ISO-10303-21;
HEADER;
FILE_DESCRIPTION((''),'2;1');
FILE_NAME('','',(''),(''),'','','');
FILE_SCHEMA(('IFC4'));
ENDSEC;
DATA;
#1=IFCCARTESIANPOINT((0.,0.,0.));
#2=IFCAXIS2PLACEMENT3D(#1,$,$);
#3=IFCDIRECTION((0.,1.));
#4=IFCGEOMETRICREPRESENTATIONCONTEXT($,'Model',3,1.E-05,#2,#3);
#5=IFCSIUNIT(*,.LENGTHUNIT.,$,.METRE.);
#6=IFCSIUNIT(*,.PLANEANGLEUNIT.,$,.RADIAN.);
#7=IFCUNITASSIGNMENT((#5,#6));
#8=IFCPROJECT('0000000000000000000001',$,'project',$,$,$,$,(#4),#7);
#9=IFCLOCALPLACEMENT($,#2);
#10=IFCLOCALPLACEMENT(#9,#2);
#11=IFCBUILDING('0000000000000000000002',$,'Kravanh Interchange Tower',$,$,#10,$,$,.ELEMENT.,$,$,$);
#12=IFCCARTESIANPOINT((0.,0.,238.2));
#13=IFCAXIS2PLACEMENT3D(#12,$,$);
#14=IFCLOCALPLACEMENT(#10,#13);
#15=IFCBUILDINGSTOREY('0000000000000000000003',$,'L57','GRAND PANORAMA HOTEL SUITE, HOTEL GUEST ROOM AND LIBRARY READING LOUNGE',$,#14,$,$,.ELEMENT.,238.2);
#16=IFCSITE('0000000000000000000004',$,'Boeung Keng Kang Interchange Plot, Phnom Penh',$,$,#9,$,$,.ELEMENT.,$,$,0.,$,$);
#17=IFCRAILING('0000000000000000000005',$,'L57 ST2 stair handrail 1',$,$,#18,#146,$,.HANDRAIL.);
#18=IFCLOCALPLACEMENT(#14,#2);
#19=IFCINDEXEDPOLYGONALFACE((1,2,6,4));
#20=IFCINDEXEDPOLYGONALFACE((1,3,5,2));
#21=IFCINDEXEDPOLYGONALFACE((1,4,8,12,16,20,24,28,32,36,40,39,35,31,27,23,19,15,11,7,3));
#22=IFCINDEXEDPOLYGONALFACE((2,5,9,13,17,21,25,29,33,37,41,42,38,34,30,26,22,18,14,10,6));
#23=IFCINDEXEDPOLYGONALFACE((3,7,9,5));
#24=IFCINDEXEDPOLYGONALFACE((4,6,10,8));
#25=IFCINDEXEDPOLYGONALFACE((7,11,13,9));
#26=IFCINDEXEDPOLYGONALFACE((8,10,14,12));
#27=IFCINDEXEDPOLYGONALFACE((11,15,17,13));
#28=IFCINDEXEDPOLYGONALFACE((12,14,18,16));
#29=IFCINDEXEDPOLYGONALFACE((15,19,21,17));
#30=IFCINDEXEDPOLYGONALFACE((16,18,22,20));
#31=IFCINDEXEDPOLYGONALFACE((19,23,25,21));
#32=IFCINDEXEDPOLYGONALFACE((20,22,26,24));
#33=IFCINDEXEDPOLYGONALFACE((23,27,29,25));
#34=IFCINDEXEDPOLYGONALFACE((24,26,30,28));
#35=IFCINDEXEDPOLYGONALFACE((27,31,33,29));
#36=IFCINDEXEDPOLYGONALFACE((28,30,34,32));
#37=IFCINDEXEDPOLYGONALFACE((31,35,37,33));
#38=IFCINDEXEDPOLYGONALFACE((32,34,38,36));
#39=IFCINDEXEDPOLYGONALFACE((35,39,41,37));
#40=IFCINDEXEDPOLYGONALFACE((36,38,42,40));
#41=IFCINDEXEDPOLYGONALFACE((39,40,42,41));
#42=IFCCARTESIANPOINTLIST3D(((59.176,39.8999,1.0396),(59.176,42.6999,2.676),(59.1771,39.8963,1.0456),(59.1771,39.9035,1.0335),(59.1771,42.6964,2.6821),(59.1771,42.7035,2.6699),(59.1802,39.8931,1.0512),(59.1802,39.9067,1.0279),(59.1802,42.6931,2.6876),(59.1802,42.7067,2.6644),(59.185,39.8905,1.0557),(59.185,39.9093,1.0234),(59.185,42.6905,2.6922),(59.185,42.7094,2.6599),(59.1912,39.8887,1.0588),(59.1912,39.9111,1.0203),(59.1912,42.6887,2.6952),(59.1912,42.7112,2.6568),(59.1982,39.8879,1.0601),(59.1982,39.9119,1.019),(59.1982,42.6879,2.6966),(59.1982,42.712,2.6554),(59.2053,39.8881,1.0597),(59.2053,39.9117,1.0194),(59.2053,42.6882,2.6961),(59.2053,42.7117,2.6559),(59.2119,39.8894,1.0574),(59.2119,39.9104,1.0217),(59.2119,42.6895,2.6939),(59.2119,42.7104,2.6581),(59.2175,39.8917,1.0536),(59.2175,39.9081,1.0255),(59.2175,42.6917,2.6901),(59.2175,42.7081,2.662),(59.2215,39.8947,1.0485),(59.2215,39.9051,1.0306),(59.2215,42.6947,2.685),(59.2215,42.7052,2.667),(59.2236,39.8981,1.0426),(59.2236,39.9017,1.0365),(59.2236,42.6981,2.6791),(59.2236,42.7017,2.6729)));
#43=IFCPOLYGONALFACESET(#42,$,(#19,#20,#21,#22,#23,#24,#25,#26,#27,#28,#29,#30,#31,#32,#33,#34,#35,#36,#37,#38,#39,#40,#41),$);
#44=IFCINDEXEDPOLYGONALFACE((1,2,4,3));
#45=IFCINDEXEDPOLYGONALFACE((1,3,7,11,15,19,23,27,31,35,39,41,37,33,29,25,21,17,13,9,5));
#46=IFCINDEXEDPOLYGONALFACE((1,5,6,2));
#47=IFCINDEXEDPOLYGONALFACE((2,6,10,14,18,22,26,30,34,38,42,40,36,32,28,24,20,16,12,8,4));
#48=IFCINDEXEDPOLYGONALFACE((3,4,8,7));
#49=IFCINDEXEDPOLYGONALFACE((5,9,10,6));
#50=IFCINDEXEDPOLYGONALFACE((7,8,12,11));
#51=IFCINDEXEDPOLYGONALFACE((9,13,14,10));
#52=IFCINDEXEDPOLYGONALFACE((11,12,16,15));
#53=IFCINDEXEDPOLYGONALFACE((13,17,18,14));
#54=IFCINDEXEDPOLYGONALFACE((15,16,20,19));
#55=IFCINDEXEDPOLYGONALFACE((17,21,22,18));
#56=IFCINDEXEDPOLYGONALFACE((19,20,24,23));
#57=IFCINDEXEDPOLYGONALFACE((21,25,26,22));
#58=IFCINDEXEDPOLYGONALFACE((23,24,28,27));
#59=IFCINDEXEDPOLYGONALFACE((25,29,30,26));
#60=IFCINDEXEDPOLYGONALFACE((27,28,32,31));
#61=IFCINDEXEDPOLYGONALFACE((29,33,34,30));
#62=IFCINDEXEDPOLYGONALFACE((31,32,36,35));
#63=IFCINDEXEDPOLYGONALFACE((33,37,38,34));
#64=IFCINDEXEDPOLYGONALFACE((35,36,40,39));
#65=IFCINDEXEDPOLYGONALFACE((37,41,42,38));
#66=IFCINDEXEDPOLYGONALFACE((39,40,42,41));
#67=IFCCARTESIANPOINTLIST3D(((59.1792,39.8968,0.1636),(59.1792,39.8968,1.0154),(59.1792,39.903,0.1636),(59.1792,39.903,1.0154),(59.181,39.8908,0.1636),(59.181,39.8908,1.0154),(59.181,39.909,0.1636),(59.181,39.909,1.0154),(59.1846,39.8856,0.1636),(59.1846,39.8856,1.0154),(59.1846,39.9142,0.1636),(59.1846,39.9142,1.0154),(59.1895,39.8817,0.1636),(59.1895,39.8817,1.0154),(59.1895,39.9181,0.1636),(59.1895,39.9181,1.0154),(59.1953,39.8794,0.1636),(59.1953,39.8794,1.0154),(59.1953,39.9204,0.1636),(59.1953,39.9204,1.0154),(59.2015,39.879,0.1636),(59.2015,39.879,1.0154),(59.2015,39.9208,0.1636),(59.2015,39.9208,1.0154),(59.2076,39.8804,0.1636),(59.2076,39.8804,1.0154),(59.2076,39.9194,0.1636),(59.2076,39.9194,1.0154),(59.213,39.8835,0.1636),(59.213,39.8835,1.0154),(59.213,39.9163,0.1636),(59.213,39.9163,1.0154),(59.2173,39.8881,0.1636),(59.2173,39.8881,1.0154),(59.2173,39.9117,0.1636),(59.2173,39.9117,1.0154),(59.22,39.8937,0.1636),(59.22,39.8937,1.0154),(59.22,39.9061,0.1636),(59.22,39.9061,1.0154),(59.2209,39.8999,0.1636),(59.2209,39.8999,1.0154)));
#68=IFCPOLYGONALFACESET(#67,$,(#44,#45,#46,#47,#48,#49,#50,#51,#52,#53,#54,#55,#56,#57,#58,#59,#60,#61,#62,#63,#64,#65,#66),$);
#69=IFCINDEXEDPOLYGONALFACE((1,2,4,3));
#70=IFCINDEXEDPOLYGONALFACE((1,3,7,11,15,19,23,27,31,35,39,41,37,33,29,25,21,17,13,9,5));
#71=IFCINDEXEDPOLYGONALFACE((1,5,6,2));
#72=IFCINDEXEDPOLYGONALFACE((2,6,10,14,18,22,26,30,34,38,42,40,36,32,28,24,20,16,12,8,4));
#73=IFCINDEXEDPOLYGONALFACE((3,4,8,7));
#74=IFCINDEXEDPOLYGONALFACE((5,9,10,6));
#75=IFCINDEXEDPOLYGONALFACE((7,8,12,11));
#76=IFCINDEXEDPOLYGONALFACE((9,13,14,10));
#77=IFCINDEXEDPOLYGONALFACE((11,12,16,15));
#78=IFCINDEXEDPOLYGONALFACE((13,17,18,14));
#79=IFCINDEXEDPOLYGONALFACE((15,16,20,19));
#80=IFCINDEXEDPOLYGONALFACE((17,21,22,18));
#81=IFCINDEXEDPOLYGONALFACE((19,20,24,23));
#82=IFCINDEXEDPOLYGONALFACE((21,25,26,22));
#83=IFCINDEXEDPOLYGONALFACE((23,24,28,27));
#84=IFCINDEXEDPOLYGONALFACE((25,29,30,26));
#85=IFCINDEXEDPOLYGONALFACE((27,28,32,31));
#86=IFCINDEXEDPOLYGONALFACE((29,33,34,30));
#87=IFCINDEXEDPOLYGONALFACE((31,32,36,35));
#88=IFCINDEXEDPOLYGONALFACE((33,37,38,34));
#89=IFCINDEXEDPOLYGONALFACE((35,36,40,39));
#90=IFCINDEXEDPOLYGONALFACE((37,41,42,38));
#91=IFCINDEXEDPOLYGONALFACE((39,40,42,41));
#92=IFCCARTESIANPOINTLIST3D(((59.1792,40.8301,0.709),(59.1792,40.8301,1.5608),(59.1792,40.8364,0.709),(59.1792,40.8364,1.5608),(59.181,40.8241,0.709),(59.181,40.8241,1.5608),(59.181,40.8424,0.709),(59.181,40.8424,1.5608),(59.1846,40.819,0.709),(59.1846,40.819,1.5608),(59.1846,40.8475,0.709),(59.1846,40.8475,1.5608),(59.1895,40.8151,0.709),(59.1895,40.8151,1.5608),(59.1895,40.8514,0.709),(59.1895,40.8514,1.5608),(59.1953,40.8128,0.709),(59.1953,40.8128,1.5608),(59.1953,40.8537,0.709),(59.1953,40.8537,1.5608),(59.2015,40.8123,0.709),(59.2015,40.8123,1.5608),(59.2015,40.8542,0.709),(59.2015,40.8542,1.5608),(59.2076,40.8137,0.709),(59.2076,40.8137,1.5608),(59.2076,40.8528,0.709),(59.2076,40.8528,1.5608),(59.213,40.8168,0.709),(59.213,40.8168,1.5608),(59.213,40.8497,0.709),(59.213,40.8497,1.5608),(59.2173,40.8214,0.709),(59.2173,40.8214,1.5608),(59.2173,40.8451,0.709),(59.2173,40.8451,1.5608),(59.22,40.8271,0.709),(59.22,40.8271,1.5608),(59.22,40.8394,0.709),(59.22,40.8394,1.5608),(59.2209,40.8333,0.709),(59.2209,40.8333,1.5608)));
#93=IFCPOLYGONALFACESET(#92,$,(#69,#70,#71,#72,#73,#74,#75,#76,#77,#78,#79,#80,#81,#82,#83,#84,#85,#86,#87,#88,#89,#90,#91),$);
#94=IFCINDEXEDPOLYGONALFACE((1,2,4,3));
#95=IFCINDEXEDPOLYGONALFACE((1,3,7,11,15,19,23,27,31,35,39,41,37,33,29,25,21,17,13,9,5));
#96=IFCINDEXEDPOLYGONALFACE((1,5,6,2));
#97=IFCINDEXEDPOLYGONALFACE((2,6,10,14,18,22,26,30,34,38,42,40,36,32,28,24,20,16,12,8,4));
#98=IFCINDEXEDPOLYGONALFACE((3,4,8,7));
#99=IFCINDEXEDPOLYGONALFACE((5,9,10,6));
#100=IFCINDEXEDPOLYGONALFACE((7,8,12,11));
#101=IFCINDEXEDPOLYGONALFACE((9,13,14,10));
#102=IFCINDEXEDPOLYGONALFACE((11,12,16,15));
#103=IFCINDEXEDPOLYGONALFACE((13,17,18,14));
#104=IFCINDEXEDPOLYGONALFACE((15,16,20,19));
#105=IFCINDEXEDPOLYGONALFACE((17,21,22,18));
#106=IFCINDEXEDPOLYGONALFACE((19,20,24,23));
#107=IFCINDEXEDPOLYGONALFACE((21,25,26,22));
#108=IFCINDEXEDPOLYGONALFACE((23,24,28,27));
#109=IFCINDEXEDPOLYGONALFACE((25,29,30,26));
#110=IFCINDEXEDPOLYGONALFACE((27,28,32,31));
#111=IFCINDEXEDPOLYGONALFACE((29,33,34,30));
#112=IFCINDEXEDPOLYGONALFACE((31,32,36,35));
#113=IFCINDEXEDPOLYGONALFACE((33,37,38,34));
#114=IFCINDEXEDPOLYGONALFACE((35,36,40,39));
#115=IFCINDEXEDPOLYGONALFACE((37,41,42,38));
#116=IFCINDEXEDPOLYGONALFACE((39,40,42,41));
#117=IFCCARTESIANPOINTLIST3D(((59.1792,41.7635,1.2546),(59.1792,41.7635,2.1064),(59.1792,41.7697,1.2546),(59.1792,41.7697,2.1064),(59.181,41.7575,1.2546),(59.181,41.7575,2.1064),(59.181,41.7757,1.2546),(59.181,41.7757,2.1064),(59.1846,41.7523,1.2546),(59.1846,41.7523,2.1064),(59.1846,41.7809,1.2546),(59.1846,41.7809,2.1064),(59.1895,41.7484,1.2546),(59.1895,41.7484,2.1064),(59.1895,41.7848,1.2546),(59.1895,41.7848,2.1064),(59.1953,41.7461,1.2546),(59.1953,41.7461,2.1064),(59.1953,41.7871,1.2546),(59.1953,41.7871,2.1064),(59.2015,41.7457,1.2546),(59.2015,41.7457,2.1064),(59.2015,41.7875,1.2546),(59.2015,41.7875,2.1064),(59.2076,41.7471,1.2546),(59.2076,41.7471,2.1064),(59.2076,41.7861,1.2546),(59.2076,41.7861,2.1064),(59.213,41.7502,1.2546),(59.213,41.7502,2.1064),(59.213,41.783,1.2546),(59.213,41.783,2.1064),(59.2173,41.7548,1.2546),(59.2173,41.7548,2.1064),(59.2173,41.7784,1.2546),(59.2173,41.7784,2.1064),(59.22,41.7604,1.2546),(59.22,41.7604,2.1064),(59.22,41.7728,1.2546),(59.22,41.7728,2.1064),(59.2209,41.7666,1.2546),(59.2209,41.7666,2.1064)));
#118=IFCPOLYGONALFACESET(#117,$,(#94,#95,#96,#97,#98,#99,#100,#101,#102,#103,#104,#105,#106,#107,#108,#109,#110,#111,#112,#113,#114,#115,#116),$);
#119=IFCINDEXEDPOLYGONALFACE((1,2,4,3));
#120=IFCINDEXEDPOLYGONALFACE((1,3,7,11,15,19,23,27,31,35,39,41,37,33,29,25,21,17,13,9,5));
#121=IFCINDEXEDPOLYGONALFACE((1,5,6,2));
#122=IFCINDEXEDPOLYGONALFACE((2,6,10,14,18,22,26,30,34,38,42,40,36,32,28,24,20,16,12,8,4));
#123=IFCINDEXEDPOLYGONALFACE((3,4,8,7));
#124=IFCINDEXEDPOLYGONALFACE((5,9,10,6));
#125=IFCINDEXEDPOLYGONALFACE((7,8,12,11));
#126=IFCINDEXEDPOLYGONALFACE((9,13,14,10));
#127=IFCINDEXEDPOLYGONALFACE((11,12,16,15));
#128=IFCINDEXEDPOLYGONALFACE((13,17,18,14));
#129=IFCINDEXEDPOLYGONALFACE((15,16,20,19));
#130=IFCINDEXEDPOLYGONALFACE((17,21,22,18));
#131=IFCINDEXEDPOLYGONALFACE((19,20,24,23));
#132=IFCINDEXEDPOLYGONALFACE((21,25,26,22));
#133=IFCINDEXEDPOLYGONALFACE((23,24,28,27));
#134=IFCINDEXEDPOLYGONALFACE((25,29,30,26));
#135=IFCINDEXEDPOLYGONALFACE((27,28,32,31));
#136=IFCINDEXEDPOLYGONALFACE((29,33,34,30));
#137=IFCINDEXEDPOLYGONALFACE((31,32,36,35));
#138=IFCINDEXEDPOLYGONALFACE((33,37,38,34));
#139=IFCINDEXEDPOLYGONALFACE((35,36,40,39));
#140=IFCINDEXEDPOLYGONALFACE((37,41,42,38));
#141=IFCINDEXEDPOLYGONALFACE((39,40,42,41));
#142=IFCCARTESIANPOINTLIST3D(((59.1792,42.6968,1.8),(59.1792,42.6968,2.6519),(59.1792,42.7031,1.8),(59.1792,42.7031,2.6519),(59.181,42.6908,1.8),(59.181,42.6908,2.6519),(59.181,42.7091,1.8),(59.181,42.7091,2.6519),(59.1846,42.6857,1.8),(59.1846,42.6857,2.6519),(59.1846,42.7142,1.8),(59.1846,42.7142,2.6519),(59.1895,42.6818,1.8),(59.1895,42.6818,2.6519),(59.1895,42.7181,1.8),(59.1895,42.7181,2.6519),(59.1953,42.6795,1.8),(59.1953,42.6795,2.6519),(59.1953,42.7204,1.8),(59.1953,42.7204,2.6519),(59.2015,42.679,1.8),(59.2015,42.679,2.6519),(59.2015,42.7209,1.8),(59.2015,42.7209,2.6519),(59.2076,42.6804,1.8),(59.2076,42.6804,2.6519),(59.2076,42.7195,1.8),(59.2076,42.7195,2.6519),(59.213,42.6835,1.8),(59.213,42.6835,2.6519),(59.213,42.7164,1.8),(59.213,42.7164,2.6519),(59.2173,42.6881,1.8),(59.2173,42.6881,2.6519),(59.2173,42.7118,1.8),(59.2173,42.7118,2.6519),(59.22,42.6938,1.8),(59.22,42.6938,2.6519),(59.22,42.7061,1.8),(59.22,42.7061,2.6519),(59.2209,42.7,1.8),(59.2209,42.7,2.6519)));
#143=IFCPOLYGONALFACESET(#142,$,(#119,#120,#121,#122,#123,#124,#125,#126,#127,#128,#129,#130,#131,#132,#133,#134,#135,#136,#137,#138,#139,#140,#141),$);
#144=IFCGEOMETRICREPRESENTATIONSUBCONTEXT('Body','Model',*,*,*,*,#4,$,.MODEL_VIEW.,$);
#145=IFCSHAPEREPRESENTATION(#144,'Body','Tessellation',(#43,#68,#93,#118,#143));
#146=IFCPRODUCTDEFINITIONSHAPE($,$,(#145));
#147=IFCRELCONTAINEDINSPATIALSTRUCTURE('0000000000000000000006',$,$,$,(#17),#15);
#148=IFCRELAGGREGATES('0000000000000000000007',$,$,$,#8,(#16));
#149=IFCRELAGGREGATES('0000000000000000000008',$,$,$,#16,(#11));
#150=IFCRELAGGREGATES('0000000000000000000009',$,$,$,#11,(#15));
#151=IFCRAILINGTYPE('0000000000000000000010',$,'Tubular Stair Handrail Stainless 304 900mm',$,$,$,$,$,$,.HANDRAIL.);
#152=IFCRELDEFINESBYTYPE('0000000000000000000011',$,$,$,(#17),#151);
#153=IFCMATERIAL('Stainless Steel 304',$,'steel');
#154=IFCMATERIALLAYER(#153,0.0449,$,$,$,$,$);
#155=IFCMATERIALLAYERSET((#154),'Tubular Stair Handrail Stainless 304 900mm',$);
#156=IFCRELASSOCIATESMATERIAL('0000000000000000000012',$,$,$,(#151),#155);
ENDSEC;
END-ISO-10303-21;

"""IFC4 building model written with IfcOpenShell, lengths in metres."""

from ifc_helpers import new_model, si_unit, direction, frame, origin, origin_2d, place, context, subcontext, project, spatial, circle, extrude, material, layer, layer_set, type_object, element, save


model = new_model("IFC4")

# Units and contexts
model_context = context("Model", 3, precision=1e-05, world=origin(), true_north=direction((0.0, 1.0)))
body_context = subcontext(model_context, "Body", "Model", "MODEL_VIEW")
ifc_project = project(units=[si_unit("LENGTHUNIT", "METRE"), si_unit("PLANEANGLEUNIT", "RADIAN")], contexts=[model_context])

# Site, building, storey
site_placement = place(None, origin())
site = spatial("IfcSite", under=ifc_project, at=site_placement, Name="Boeung Keng Kang Interchange Plot, Phnom Penh", CompositionType="ELEMENT", RefElevation=0.0)
building_placement = place(site_placement, origin())
building = spatial("IfcBuilding", under=site, at=building_placement, Name="Kravanh Interchange Tower", CompositionType="ELEMENT")
storey_placement = place(building_placement, frame((0.0, 0.0, 238.2)))
storey = spatial("IfcBuildingStorey", under=building, at=storey_placement, Name="L57", Description="GRAND PANORAMA HOTEL SUITE, HOTEL GUEST ROOM AND LIBRARY READING LOUNGE", CompositionType="ELEMENT", Elevation=238.2)

# Railing
ifc_material_1 = material(Name="Stainless Steel 304", Category="steel")
ifc_layer_1 = layer(ifc_material_1, 0.0449)
ifc_layer_set_1 = layer_set([ifc_layer_1], Name="Tubular Stair Handrail Stainless 304 900mm")
railing_type_1 = type_object("IfcRailingType", Name="Tubular Stair Handrail Stainless 304 900mm", PredefinedType="HANDRAIL", material=ifc_layer_set_1)
railing_1_placement = place(storey_placement, frame((59.2, 39.8999, 0.1636)))
element("IfcRailing", 1, at=railing_1_placement, inside=storey, type_object=railing_type_1, Name="L57 ST2 stair handrail 1", PredefinedType="HANDRAIL", context=body_context, shape_type="SweptSolid", body=[
    extrude(circle(Radius=0.0239, at=origin_2d()), frame((0.0, 0.0, 0.876), z_axis=(0.0, 0.863361, 0.504587), x_axis=(-1.0, 0.0, 0.0)), (0.0, 0.0, 1.0), 3.2432),
    extrude(circle(Radius=0.021, at=origin_2d()), origin(), (0.0, 0.0, 1.0), 0.8518),
    extrude(circle(Radius=0.021, at=origin_2d()), frame((0.0, 0.9333, 0.5454)), (0.0, 0.0, 1.0), 0.8518),
    extrude(circle(Radius=0.021, at=origin_2d()), frame((0.0, 1.8667, 1.0911)), (0.0, 0.0, 1.0), 0.8518),
    extrude(circle(Radius=0.021, at=origin_2d()), frame((0.0, 2.8, 1.6365)), (0.0, 0.0, 1.0), 0.8518),
])

save(model, "model.ifc")
